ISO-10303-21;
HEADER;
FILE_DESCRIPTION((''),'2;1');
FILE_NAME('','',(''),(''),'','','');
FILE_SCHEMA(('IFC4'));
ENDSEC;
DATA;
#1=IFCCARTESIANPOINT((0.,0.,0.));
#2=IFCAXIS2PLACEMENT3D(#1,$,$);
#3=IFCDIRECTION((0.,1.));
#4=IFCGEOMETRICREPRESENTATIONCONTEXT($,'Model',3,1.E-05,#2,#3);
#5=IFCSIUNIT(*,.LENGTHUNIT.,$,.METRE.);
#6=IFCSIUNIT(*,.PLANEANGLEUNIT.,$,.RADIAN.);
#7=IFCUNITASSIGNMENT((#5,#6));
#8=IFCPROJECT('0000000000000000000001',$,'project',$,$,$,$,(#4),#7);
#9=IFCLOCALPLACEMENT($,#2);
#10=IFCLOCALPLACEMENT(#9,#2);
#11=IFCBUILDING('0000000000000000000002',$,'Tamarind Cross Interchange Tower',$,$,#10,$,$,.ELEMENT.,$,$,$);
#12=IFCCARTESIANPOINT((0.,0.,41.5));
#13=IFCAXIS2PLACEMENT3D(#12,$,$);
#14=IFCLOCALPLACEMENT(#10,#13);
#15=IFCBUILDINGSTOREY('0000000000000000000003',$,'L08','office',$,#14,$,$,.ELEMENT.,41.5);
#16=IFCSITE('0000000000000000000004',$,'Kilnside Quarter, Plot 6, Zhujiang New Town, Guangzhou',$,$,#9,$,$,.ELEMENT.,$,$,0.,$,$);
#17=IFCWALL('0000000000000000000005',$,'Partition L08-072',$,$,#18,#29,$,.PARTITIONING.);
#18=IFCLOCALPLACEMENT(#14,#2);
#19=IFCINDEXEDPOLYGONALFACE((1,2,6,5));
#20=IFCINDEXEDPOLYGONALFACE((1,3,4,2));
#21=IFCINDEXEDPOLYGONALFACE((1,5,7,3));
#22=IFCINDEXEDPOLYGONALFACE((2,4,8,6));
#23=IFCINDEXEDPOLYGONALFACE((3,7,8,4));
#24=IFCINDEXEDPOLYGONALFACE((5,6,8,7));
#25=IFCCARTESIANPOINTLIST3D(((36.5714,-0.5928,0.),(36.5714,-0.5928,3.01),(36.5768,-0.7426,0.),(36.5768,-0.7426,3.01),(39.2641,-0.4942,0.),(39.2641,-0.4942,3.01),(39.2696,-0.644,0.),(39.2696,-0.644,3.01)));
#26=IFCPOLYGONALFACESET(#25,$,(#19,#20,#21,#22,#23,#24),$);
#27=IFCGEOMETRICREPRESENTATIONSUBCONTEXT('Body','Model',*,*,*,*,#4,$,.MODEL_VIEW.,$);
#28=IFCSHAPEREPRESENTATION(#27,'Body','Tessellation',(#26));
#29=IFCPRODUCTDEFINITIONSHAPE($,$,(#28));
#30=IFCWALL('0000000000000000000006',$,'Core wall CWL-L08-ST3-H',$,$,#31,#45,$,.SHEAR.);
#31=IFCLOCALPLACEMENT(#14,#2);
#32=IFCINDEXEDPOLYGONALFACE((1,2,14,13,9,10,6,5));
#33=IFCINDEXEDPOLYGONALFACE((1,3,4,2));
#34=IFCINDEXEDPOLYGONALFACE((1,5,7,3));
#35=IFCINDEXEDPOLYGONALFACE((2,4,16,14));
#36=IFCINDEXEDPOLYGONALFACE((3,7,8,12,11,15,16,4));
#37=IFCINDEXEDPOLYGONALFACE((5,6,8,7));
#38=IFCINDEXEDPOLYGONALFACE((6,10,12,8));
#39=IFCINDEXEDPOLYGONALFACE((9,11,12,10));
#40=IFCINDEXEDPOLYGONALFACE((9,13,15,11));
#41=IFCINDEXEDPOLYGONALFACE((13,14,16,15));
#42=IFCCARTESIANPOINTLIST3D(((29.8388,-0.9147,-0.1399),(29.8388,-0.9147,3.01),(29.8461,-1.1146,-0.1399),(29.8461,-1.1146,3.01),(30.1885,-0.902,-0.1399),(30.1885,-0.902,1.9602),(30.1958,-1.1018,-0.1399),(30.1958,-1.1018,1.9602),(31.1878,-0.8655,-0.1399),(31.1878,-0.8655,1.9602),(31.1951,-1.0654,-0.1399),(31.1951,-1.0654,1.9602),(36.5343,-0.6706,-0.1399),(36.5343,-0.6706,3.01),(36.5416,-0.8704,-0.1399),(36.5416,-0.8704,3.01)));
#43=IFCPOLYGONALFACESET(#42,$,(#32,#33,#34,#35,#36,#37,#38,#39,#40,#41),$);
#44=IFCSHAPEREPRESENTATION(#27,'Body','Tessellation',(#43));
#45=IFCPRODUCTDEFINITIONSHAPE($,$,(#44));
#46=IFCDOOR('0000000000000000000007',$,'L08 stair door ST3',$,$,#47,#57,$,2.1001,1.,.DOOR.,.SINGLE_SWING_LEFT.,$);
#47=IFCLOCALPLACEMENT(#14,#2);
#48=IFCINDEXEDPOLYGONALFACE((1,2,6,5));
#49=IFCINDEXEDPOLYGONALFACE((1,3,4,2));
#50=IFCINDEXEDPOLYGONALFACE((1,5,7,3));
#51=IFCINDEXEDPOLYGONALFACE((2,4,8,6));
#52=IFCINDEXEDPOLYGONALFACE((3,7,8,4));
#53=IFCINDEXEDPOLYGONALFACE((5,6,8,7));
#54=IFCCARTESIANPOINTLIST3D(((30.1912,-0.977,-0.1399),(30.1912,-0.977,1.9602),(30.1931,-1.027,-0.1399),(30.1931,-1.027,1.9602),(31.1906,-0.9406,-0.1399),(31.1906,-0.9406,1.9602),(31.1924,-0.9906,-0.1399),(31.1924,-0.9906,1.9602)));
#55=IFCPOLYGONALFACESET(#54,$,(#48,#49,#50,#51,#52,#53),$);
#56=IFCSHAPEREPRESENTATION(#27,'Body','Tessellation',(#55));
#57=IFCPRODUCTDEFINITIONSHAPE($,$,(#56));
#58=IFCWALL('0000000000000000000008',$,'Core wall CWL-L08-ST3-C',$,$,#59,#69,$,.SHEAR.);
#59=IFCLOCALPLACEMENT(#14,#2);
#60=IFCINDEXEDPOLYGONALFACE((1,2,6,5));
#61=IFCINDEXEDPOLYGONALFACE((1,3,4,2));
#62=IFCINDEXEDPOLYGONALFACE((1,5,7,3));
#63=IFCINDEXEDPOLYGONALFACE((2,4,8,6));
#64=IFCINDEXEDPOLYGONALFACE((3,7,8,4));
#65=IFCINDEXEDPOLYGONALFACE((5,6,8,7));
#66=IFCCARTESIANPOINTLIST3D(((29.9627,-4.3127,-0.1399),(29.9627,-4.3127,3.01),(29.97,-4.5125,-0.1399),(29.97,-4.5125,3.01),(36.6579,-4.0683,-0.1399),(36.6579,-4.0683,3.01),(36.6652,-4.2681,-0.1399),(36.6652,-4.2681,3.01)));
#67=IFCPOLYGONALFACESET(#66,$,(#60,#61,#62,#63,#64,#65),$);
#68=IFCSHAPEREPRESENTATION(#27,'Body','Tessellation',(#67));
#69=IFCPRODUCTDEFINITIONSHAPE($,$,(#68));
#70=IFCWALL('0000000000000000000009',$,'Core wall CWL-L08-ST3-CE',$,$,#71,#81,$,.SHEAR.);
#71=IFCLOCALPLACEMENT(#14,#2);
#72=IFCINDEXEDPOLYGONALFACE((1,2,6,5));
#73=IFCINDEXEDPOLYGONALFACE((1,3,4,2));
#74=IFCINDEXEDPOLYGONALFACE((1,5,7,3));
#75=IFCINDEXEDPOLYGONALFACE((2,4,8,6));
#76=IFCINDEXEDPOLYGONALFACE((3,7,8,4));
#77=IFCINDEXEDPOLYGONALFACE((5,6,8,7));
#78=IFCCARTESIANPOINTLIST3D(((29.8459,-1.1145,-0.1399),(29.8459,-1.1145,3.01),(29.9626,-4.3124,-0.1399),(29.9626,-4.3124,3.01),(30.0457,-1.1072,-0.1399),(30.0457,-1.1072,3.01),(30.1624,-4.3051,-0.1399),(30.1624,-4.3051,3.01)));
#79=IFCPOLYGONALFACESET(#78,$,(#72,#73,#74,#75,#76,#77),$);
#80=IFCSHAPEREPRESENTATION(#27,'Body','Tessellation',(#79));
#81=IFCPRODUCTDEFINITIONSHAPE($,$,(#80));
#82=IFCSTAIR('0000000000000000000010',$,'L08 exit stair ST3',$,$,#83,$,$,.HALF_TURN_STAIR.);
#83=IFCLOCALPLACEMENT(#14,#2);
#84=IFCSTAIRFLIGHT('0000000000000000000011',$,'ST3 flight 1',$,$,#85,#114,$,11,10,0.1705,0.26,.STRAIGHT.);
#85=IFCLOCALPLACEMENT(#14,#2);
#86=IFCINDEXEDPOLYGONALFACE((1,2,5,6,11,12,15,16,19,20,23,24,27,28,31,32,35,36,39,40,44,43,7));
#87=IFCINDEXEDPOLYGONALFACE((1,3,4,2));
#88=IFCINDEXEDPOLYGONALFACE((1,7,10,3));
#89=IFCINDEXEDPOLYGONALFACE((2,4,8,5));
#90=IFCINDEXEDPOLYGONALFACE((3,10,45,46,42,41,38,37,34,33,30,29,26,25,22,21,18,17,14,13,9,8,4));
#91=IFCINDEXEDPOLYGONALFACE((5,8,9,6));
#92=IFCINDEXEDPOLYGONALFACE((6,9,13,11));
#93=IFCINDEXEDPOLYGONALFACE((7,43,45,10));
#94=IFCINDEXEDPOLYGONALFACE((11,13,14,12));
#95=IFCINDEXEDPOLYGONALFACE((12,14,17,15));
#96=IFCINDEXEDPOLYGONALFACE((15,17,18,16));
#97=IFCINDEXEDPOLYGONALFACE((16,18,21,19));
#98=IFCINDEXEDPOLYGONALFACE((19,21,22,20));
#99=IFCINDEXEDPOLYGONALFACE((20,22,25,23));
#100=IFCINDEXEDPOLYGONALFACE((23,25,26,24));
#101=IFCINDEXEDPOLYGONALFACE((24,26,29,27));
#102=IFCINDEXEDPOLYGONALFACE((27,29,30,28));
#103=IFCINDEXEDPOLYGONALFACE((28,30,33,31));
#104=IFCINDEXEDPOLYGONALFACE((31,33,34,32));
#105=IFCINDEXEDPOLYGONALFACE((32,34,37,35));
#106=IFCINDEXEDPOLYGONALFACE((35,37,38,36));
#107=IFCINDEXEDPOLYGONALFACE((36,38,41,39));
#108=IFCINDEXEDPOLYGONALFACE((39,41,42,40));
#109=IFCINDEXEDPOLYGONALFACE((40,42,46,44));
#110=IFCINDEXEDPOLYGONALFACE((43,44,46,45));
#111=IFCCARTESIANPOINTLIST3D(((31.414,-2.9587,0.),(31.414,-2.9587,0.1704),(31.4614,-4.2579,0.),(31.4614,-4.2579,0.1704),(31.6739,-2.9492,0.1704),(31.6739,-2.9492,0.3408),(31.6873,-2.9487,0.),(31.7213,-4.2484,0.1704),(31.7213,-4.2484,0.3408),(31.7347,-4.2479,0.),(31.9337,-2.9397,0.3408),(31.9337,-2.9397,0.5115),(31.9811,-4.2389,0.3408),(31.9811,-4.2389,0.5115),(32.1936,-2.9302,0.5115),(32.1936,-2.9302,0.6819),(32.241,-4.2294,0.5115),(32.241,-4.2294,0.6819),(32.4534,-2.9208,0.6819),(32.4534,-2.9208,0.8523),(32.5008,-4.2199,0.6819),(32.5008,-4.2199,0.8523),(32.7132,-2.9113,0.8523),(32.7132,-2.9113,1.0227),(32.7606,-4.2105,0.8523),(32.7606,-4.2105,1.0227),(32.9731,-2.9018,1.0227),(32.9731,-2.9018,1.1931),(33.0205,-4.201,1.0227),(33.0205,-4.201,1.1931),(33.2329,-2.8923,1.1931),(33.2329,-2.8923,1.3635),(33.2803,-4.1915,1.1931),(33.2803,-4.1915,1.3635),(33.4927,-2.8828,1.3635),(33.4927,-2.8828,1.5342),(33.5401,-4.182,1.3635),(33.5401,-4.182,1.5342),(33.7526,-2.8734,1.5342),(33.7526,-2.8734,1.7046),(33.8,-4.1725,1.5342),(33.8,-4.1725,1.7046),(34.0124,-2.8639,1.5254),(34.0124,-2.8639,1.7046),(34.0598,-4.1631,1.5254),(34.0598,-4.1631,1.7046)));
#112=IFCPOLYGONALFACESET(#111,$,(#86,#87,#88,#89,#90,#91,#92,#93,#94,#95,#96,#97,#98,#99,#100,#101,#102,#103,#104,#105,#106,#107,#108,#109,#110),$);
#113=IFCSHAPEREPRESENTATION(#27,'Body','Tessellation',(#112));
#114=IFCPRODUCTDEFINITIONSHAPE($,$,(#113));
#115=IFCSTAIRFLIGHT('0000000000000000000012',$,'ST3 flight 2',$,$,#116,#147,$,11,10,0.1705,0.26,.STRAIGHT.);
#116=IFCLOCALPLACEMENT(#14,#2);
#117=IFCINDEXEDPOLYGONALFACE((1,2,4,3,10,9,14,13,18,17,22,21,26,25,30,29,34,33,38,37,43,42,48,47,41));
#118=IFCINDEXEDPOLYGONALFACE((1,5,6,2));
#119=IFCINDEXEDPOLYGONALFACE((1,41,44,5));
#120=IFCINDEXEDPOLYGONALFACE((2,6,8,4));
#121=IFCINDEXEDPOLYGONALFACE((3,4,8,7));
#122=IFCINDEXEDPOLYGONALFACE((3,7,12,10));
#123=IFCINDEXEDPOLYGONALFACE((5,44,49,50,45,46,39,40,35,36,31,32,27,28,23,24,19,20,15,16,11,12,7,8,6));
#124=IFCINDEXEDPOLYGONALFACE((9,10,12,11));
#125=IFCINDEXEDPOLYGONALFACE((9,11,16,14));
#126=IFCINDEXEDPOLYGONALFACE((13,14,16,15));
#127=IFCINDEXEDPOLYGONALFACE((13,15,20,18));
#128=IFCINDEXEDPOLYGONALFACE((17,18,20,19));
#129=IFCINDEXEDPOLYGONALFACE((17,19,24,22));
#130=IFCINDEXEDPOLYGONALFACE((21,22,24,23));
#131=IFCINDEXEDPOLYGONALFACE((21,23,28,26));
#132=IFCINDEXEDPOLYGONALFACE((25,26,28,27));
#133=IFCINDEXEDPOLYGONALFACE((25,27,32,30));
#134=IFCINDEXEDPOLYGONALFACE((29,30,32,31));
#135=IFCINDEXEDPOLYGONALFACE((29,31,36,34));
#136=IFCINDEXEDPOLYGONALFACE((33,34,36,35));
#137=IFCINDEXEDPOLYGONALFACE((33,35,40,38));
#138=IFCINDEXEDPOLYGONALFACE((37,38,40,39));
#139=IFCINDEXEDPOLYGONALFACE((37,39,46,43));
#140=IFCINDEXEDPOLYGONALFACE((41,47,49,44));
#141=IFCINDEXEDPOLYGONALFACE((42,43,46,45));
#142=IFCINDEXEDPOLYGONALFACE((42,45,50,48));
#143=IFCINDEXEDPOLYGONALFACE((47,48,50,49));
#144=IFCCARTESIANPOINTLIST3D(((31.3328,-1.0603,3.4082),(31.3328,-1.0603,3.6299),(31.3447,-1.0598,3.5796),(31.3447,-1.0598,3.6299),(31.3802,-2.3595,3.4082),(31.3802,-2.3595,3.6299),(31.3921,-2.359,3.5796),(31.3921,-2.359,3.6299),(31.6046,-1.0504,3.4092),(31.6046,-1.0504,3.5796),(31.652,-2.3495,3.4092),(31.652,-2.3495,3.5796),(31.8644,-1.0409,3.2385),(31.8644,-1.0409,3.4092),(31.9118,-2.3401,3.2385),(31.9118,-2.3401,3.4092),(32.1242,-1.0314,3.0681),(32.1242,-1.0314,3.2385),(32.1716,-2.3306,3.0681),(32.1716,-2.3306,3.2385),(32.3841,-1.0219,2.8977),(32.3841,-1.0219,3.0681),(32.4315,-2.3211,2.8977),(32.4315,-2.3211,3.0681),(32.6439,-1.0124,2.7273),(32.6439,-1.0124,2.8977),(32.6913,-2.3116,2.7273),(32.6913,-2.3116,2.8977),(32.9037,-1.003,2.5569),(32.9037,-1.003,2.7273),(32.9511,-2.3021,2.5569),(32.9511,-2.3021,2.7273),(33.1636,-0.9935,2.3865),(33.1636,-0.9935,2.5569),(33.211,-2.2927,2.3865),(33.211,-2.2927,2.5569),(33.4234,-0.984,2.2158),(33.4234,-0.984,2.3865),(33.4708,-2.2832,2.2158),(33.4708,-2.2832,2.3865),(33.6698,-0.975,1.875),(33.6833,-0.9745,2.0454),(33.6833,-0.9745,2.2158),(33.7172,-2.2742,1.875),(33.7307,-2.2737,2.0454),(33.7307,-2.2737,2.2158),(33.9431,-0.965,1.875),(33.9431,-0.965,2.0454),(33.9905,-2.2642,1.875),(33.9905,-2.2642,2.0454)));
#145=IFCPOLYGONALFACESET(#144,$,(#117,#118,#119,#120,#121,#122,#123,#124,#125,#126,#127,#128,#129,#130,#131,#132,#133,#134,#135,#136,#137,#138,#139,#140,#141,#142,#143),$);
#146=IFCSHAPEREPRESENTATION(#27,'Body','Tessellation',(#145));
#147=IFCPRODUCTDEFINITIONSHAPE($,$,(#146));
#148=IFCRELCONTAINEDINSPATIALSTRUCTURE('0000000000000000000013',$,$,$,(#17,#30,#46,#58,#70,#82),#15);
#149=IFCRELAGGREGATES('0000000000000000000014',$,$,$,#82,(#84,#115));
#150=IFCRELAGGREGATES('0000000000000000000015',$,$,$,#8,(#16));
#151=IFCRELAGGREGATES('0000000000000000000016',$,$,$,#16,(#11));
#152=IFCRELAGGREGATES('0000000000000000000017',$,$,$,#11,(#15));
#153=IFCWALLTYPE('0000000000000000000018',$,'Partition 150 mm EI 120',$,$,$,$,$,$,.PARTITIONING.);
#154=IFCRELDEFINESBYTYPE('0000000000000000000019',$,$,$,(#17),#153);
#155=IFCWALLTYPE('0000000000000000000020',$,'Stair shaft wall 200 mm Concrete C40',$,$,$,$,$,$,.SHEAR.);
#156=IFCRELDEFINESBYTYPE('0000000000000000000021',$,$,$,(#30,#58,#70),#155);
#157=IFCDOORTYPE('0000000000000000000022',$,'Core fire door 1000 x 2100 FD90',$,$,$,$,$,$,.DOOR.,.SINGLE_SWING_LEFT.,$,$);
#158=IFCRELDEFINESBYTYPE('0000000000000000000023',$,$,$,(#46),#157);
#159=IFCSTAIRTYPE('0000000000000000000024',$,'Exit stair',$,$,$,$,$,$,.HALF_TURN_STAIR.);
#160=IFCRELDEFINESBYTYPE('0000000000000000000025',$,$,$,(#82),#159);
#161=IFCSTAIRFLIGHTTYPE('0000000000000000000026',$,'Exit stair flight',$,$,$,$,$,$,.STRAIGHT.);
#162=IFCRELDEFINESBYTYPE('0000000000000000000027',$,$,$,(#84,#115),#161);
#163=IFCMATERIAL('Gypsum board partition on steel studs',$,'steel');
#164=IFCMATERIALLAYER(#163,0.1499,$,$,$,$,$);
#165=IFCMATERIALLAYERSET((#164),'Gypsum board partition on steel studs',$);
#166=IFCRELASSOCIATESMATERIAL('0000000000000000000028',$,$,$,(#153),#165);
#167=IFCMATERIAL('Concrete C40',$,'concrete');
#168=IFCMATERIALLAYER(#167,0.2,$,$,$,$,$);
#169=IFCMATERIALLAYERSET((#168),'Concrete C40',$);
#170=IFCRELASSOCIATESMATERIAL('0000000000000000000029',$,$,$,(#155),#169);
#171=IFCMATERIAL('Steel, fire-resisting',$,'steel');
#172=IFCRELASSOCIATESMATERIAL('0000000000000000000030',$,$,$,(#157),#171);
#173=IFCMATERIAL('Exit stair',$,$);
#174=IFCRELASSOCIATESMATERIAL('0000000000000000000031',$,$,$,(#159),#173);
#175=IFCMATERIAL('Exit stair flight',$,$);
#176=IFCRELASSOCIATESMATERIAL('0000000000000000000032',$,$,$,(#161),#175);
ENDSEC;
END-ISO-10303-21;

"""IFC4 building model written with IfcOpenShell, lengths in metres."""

from ifc_helpers import new_model, si_unit, direction, frame, frame_2d, origin, place, context, subcontext, project, spatial, polyline, rectangle, outline, extrude, material, layer, layer_set, type_object, element, fill, aggregate, save


model = new_model("IFC4")

# Units and contexts
model_context = context("Model", 3, precision=1e-05, world=origin(), true_north=direction((0.0, 1.0)))
body_context = subcontext(model_context, "Body", "Model", "MODEL_VIEW")
ifc_project = project(units=[si_unit("LENGTHUNIT", "METRE"), si_unit("PLANEANGLEUNIT", "RADIAN")], contexts=[model_context])

# Site, building, storey
site_placement = place(None, origin())
site = spatial("IfcSite", under=ifc_project, at=site_placement, Name="Kilnside Quarter, Plot 6, Zhujiang New Town, Guangzhou", CompositionType="ELEMENT", RefElevation=0.0)
building_placement = place(site_placement, origin())
building = spatial("IfcBuilding", under=site, at=building_placement, Name="Tamarind Cross Interchange Tower", CompositionType="ELEMENT")
storey_placement = place(building_placement, frame((0.0, 0.0, 41.5)))
storey = spatial("IfcBuildingStorey", under=building, at=storey_placement, Name="L08", Description="office", CompositionType="ELEMENT", Elevation=41.5)

# Shared definitions
ifc_material_1 = material(Name="Gypsum board partition on steel studs", Category="steel")
ifc_layer_1 = layer(ifc_material_1, 0.1499)
ifc_layer_set_1 = layer_set([ifc_layer_1], Name="Gypsum board partition on steel studs")
wall_type_1 = type_object("IfcWallType", Name="Partition 150 mm EI 120", PredefinedType="PARTITIONING", material=ifc_layer_set_1)

# Wall
wall_1_placement = place(storey_placement, frame((36.5742, -0.6677, 0.0), z_axis=(0.0, 0.0, 1.0), x_axis=(0.99933, 0.036603, 0.0)))
element("IfcWall", 1, at=wall_1_placement, inside=storey, type_object=wall_type_1, Name="Partition L08-072", PredefinedType="PARTITIONING", context=body_context, shape_type="SweptSolid", body=[
    extrude(rectangle(XDim=2.6946, YDim=0.1499, at=frame_2d((1.3472, 0.0))), origin(), (0.0, 0.0, 1.0), 3.01),
])

# Wall, opening, door
ifc_material_2 = material(Name="Concrete C40", Category="concrete")
ifc_layer_2 = layer(ifc_material_2, 0.2)
ifc_layer_set_2 = layer_set([ifc_layer_2], Name="Concrete C40")
wall_type_2 = type_object("IfcWallType", Name="Stair shaft wall 200 mm Concrete C40", PredefinedType="SHEAR", material=ifc_layer_set_2)
wall_2_placement = place(storey_placement, frame((29.8423, -1.0146, -0.1399), z_axis=(0.0, 0.0, 1.0), x_axis=(0.999336, 0.036439, 0.0)))
wall_2 = element("IfcWall", 2, at=wall_2_placement, inside=storey, type_object=wall_type_2, Name="Core wall CWL-L08-ST3-H", PredefinedType="SHEAR", context=body_context, shape_type="SweptSolid", body=[
    extrude(rectangle(XDim=6.7, YDim=0.2, at=frame_2d((3.3501, 0.0))), origin(), (0.0, 0.0, 1.0), 3.1499),
])
opening_1_placement = place(wall_2_placement, frame((0.3501, 0.0, 0.0)))
opening_1 = element("IfcOpeningElement", 3, at=opening_1_placement, cuts=wall_2, PredefinedType="OPENING", context=body_context, shape_type="SweptSolid", body=[
    extrude(rectangle(XDim=1.0, YDim=2.1001, at=frame_2d((0.5, 1.05))), frame((0.0, 0.1099, 0.0), z_axis=(0.0, -1.0, 0.0), x_axis=(1.0, 0.0, 0.0)), (0.0, 0.0, 1.0), 0.22),
])
ifc_material_3 = material(Name="Steel, fire-resisting", Category="steel")
door_type_1 = type_object("IfcDoorType", Name="Core fire door 1000 x 2100 FD90", OperationType="SINGLE_SWING_LEFT", PredefinedType="DOOR", material=ifc_material_3)
door_1_placement = place(opening_1_placement, origin())
door_1 = element("IfcDoor", 4, at=door_1_placement, inside=storey, type_object=door_type_1, Name="L08 stair door ST3", OperationType="SINGLE_SWING_LEFT", OverallHeight=2.1001, OverallWidth=1.0, PredefinedType="DOOR", context=body_context, shape_type="SweptSolid", body=[
    extrude(rectangle(XDim=1.0, YDim=2.1001, at=frame_2d((0.5, 1.05))), frame((0.0, 0.0249, 0.0), z_axis=(0.0, -1.0, 0.0), x_axis=(1.0, 0.0, 0.0)), (0.0, 0.0, 1.0), 0.05),
])
fill(opening_1, door_1)

# Walls
wall_3_placement = place(storey_placement, frame((29.9663, -4.4126, -0.1399), z_axis=(0.0, 0.0, 1.0), x_axis=(0.999335, 0.036477, 0.0)))
element("IfcWall", 5, at=wall_3_placement, inside=storey, type_object=wall_type_2, Name="Core wall CWL-L08-ST3-C", PredefinedType="SHEAR", context=body_context, shape_type="SweptSolid", body=[
    extrude(rectangle(XDim=6.6997, YDim=0.2, at=frame_2d((3.3499, 0.0))), origin(), (0.0, 0.0, 1.0), 3.1499),
])
wall_4_placement = place(storey_placement, frame((30.0625, -4.3088, -0.1399), z_axis=(0.0, 0.0, 1.0), x_axis=(-0.03647, 0.999335, 0.0)))
element("IfcWall", 6, at=wall_4_placement, inside=storey, type_object=wall_type_2, Name="Core wall CWL-L08-ST3-CE", PredefinedType="SHEAR", context=body_context, shape_type="SweptSolid", body=[
    extrude(rectangle(XDim=3.2, YDim=0.2, at=frame_2d((1.6001, 0.0))), origin(), (0.0, 0.0, 1.0), 3.1499),
])

# Stair, stair flights
ifc_material_4 = material(Name="Exit stair")
stair_type = type_object("IfcStairType", Name="Exit stair", PredefinedType="HALF_TURN_STAIR", material=ifc_material_4)
stair_placement = place(storey_placement, origin())
stair = element("IfcStair", 7, at=stair_placement, inside=storey, type_object=stair_type, Name="L08 exit stair ST3", PredefinedType="HALF_TURN_STAIR")
ifc_material_5 = material(Name="Exit stair flight")
stair_flight_type = type_object("IfcStairFlightType", Name="Exit stair flight", PredefinedType="STRAIGHT", material=ifc_material_5)
stair_flight_1_placement = place(storey_placement, frame((31.4377, -3.6082, 0.0), z_axis=(0.0, 0.0, 1.0), x_axis=(0.999335, 0.036462, 0.0)))
stair_flight_1 = element("IfcStairFlight", 8, at=stair_flight_1_placement, type_object=stair_flight_type, Name="ST3 flight 1", NumberOfRisers=11, NumberOfTreads=10, PredefinedType="STRAIGHT", RiserHeight=0.1705, TreadLength=0.26, context=body_context, shape_type="SweptSolid", body=[
    extrude(outline(polyline([(0.0, 0.0), (0.0, 0.1704), (0.26, 0.1704), (0.26, 0.3408), (0.52, 0.3408), (0.52, 0.5115), (0.78, 0.5115), (0.78, 0.6819), (1.04, 0.6819), (1.04, 0.8523), (1.3, 0.8523), (1.3, 1.0227), (1.5601, 1.0227), (1.5601, 1.1931), (1.8201, 1.1931), (1.8201, 1.3635), (2.0801, 1.3635), (2.0801, 1.5342), (2.3401, 1.5342), (2.3401, 1.7046), (2.6001, 1.7046), (2.6001, 1.875), (2.6001, 1.5254), (0.2734, 0.0), (0.0, 0.0)])), frame((0.0, 0.6499, 0.0), z_axis=(0.0, -1.0, 0.0), x_axis=(1.0, 0.0, 0.0)), (0.0, 0.0, 1.0), 1.3),
])
stair_flight_2_placement = place(storey_placement, frame((33.9668, -1.6147, 1.875), z_axis=(0.0, 0.0, 1.0), x_axis=(-0.999335, -0.036462, 0.0)))
stair_flight_2 = element("IfcStairFlight", 9, at=stair_flight_2_placement, type_object=stair_flight_type, Name="ST3 flight 2", NumberOfRisers=11, NumberOfTreads=10, PredefinedType="STRAIGHT", RiserHeight=0.1705, TreadLength=0.26, context=body_context, shape_type="SweptSolid", body=[
    extrude(outline(polyline([(0.0, 0.0), (0.0, 0.1704), (0.26, 0.1704), (0.26, 0.3408), (0.52, 0.3408), (0.52, 0.5115), (0.78, 0.5115), (0.78, 0.6819), (1.04, 0.6819), (1.04, 0.8523), (1.3, 0.8523), (1.3, 1.0227), (1.5601, 1.0227), (1.5601, 1.1931), (1.8201, 1.1931), (1.8201, 1.3635), (2.0801, 1.3635), (2.0801, 1.5342), (2.3401, 1.5342), (2.3401, 1.7046), (2.6001, 1.7046), (2.6001, 1.7549), (2.6121, 1.7549), (2.6121, 1.5332), (0.2734, 0.0), (0.0, 0.0)])), frame((0.0, 0.6499, 0.0), z_axis=(0.0, -1.0, 0.0), x_axis=(1.0, 0.0, 0.0)), (0.0, 0.0, 1.0), 1.3),
])
aggregate(stair, [stair_flight_1, stair_flight_2])

save(model, "model.ifc")
